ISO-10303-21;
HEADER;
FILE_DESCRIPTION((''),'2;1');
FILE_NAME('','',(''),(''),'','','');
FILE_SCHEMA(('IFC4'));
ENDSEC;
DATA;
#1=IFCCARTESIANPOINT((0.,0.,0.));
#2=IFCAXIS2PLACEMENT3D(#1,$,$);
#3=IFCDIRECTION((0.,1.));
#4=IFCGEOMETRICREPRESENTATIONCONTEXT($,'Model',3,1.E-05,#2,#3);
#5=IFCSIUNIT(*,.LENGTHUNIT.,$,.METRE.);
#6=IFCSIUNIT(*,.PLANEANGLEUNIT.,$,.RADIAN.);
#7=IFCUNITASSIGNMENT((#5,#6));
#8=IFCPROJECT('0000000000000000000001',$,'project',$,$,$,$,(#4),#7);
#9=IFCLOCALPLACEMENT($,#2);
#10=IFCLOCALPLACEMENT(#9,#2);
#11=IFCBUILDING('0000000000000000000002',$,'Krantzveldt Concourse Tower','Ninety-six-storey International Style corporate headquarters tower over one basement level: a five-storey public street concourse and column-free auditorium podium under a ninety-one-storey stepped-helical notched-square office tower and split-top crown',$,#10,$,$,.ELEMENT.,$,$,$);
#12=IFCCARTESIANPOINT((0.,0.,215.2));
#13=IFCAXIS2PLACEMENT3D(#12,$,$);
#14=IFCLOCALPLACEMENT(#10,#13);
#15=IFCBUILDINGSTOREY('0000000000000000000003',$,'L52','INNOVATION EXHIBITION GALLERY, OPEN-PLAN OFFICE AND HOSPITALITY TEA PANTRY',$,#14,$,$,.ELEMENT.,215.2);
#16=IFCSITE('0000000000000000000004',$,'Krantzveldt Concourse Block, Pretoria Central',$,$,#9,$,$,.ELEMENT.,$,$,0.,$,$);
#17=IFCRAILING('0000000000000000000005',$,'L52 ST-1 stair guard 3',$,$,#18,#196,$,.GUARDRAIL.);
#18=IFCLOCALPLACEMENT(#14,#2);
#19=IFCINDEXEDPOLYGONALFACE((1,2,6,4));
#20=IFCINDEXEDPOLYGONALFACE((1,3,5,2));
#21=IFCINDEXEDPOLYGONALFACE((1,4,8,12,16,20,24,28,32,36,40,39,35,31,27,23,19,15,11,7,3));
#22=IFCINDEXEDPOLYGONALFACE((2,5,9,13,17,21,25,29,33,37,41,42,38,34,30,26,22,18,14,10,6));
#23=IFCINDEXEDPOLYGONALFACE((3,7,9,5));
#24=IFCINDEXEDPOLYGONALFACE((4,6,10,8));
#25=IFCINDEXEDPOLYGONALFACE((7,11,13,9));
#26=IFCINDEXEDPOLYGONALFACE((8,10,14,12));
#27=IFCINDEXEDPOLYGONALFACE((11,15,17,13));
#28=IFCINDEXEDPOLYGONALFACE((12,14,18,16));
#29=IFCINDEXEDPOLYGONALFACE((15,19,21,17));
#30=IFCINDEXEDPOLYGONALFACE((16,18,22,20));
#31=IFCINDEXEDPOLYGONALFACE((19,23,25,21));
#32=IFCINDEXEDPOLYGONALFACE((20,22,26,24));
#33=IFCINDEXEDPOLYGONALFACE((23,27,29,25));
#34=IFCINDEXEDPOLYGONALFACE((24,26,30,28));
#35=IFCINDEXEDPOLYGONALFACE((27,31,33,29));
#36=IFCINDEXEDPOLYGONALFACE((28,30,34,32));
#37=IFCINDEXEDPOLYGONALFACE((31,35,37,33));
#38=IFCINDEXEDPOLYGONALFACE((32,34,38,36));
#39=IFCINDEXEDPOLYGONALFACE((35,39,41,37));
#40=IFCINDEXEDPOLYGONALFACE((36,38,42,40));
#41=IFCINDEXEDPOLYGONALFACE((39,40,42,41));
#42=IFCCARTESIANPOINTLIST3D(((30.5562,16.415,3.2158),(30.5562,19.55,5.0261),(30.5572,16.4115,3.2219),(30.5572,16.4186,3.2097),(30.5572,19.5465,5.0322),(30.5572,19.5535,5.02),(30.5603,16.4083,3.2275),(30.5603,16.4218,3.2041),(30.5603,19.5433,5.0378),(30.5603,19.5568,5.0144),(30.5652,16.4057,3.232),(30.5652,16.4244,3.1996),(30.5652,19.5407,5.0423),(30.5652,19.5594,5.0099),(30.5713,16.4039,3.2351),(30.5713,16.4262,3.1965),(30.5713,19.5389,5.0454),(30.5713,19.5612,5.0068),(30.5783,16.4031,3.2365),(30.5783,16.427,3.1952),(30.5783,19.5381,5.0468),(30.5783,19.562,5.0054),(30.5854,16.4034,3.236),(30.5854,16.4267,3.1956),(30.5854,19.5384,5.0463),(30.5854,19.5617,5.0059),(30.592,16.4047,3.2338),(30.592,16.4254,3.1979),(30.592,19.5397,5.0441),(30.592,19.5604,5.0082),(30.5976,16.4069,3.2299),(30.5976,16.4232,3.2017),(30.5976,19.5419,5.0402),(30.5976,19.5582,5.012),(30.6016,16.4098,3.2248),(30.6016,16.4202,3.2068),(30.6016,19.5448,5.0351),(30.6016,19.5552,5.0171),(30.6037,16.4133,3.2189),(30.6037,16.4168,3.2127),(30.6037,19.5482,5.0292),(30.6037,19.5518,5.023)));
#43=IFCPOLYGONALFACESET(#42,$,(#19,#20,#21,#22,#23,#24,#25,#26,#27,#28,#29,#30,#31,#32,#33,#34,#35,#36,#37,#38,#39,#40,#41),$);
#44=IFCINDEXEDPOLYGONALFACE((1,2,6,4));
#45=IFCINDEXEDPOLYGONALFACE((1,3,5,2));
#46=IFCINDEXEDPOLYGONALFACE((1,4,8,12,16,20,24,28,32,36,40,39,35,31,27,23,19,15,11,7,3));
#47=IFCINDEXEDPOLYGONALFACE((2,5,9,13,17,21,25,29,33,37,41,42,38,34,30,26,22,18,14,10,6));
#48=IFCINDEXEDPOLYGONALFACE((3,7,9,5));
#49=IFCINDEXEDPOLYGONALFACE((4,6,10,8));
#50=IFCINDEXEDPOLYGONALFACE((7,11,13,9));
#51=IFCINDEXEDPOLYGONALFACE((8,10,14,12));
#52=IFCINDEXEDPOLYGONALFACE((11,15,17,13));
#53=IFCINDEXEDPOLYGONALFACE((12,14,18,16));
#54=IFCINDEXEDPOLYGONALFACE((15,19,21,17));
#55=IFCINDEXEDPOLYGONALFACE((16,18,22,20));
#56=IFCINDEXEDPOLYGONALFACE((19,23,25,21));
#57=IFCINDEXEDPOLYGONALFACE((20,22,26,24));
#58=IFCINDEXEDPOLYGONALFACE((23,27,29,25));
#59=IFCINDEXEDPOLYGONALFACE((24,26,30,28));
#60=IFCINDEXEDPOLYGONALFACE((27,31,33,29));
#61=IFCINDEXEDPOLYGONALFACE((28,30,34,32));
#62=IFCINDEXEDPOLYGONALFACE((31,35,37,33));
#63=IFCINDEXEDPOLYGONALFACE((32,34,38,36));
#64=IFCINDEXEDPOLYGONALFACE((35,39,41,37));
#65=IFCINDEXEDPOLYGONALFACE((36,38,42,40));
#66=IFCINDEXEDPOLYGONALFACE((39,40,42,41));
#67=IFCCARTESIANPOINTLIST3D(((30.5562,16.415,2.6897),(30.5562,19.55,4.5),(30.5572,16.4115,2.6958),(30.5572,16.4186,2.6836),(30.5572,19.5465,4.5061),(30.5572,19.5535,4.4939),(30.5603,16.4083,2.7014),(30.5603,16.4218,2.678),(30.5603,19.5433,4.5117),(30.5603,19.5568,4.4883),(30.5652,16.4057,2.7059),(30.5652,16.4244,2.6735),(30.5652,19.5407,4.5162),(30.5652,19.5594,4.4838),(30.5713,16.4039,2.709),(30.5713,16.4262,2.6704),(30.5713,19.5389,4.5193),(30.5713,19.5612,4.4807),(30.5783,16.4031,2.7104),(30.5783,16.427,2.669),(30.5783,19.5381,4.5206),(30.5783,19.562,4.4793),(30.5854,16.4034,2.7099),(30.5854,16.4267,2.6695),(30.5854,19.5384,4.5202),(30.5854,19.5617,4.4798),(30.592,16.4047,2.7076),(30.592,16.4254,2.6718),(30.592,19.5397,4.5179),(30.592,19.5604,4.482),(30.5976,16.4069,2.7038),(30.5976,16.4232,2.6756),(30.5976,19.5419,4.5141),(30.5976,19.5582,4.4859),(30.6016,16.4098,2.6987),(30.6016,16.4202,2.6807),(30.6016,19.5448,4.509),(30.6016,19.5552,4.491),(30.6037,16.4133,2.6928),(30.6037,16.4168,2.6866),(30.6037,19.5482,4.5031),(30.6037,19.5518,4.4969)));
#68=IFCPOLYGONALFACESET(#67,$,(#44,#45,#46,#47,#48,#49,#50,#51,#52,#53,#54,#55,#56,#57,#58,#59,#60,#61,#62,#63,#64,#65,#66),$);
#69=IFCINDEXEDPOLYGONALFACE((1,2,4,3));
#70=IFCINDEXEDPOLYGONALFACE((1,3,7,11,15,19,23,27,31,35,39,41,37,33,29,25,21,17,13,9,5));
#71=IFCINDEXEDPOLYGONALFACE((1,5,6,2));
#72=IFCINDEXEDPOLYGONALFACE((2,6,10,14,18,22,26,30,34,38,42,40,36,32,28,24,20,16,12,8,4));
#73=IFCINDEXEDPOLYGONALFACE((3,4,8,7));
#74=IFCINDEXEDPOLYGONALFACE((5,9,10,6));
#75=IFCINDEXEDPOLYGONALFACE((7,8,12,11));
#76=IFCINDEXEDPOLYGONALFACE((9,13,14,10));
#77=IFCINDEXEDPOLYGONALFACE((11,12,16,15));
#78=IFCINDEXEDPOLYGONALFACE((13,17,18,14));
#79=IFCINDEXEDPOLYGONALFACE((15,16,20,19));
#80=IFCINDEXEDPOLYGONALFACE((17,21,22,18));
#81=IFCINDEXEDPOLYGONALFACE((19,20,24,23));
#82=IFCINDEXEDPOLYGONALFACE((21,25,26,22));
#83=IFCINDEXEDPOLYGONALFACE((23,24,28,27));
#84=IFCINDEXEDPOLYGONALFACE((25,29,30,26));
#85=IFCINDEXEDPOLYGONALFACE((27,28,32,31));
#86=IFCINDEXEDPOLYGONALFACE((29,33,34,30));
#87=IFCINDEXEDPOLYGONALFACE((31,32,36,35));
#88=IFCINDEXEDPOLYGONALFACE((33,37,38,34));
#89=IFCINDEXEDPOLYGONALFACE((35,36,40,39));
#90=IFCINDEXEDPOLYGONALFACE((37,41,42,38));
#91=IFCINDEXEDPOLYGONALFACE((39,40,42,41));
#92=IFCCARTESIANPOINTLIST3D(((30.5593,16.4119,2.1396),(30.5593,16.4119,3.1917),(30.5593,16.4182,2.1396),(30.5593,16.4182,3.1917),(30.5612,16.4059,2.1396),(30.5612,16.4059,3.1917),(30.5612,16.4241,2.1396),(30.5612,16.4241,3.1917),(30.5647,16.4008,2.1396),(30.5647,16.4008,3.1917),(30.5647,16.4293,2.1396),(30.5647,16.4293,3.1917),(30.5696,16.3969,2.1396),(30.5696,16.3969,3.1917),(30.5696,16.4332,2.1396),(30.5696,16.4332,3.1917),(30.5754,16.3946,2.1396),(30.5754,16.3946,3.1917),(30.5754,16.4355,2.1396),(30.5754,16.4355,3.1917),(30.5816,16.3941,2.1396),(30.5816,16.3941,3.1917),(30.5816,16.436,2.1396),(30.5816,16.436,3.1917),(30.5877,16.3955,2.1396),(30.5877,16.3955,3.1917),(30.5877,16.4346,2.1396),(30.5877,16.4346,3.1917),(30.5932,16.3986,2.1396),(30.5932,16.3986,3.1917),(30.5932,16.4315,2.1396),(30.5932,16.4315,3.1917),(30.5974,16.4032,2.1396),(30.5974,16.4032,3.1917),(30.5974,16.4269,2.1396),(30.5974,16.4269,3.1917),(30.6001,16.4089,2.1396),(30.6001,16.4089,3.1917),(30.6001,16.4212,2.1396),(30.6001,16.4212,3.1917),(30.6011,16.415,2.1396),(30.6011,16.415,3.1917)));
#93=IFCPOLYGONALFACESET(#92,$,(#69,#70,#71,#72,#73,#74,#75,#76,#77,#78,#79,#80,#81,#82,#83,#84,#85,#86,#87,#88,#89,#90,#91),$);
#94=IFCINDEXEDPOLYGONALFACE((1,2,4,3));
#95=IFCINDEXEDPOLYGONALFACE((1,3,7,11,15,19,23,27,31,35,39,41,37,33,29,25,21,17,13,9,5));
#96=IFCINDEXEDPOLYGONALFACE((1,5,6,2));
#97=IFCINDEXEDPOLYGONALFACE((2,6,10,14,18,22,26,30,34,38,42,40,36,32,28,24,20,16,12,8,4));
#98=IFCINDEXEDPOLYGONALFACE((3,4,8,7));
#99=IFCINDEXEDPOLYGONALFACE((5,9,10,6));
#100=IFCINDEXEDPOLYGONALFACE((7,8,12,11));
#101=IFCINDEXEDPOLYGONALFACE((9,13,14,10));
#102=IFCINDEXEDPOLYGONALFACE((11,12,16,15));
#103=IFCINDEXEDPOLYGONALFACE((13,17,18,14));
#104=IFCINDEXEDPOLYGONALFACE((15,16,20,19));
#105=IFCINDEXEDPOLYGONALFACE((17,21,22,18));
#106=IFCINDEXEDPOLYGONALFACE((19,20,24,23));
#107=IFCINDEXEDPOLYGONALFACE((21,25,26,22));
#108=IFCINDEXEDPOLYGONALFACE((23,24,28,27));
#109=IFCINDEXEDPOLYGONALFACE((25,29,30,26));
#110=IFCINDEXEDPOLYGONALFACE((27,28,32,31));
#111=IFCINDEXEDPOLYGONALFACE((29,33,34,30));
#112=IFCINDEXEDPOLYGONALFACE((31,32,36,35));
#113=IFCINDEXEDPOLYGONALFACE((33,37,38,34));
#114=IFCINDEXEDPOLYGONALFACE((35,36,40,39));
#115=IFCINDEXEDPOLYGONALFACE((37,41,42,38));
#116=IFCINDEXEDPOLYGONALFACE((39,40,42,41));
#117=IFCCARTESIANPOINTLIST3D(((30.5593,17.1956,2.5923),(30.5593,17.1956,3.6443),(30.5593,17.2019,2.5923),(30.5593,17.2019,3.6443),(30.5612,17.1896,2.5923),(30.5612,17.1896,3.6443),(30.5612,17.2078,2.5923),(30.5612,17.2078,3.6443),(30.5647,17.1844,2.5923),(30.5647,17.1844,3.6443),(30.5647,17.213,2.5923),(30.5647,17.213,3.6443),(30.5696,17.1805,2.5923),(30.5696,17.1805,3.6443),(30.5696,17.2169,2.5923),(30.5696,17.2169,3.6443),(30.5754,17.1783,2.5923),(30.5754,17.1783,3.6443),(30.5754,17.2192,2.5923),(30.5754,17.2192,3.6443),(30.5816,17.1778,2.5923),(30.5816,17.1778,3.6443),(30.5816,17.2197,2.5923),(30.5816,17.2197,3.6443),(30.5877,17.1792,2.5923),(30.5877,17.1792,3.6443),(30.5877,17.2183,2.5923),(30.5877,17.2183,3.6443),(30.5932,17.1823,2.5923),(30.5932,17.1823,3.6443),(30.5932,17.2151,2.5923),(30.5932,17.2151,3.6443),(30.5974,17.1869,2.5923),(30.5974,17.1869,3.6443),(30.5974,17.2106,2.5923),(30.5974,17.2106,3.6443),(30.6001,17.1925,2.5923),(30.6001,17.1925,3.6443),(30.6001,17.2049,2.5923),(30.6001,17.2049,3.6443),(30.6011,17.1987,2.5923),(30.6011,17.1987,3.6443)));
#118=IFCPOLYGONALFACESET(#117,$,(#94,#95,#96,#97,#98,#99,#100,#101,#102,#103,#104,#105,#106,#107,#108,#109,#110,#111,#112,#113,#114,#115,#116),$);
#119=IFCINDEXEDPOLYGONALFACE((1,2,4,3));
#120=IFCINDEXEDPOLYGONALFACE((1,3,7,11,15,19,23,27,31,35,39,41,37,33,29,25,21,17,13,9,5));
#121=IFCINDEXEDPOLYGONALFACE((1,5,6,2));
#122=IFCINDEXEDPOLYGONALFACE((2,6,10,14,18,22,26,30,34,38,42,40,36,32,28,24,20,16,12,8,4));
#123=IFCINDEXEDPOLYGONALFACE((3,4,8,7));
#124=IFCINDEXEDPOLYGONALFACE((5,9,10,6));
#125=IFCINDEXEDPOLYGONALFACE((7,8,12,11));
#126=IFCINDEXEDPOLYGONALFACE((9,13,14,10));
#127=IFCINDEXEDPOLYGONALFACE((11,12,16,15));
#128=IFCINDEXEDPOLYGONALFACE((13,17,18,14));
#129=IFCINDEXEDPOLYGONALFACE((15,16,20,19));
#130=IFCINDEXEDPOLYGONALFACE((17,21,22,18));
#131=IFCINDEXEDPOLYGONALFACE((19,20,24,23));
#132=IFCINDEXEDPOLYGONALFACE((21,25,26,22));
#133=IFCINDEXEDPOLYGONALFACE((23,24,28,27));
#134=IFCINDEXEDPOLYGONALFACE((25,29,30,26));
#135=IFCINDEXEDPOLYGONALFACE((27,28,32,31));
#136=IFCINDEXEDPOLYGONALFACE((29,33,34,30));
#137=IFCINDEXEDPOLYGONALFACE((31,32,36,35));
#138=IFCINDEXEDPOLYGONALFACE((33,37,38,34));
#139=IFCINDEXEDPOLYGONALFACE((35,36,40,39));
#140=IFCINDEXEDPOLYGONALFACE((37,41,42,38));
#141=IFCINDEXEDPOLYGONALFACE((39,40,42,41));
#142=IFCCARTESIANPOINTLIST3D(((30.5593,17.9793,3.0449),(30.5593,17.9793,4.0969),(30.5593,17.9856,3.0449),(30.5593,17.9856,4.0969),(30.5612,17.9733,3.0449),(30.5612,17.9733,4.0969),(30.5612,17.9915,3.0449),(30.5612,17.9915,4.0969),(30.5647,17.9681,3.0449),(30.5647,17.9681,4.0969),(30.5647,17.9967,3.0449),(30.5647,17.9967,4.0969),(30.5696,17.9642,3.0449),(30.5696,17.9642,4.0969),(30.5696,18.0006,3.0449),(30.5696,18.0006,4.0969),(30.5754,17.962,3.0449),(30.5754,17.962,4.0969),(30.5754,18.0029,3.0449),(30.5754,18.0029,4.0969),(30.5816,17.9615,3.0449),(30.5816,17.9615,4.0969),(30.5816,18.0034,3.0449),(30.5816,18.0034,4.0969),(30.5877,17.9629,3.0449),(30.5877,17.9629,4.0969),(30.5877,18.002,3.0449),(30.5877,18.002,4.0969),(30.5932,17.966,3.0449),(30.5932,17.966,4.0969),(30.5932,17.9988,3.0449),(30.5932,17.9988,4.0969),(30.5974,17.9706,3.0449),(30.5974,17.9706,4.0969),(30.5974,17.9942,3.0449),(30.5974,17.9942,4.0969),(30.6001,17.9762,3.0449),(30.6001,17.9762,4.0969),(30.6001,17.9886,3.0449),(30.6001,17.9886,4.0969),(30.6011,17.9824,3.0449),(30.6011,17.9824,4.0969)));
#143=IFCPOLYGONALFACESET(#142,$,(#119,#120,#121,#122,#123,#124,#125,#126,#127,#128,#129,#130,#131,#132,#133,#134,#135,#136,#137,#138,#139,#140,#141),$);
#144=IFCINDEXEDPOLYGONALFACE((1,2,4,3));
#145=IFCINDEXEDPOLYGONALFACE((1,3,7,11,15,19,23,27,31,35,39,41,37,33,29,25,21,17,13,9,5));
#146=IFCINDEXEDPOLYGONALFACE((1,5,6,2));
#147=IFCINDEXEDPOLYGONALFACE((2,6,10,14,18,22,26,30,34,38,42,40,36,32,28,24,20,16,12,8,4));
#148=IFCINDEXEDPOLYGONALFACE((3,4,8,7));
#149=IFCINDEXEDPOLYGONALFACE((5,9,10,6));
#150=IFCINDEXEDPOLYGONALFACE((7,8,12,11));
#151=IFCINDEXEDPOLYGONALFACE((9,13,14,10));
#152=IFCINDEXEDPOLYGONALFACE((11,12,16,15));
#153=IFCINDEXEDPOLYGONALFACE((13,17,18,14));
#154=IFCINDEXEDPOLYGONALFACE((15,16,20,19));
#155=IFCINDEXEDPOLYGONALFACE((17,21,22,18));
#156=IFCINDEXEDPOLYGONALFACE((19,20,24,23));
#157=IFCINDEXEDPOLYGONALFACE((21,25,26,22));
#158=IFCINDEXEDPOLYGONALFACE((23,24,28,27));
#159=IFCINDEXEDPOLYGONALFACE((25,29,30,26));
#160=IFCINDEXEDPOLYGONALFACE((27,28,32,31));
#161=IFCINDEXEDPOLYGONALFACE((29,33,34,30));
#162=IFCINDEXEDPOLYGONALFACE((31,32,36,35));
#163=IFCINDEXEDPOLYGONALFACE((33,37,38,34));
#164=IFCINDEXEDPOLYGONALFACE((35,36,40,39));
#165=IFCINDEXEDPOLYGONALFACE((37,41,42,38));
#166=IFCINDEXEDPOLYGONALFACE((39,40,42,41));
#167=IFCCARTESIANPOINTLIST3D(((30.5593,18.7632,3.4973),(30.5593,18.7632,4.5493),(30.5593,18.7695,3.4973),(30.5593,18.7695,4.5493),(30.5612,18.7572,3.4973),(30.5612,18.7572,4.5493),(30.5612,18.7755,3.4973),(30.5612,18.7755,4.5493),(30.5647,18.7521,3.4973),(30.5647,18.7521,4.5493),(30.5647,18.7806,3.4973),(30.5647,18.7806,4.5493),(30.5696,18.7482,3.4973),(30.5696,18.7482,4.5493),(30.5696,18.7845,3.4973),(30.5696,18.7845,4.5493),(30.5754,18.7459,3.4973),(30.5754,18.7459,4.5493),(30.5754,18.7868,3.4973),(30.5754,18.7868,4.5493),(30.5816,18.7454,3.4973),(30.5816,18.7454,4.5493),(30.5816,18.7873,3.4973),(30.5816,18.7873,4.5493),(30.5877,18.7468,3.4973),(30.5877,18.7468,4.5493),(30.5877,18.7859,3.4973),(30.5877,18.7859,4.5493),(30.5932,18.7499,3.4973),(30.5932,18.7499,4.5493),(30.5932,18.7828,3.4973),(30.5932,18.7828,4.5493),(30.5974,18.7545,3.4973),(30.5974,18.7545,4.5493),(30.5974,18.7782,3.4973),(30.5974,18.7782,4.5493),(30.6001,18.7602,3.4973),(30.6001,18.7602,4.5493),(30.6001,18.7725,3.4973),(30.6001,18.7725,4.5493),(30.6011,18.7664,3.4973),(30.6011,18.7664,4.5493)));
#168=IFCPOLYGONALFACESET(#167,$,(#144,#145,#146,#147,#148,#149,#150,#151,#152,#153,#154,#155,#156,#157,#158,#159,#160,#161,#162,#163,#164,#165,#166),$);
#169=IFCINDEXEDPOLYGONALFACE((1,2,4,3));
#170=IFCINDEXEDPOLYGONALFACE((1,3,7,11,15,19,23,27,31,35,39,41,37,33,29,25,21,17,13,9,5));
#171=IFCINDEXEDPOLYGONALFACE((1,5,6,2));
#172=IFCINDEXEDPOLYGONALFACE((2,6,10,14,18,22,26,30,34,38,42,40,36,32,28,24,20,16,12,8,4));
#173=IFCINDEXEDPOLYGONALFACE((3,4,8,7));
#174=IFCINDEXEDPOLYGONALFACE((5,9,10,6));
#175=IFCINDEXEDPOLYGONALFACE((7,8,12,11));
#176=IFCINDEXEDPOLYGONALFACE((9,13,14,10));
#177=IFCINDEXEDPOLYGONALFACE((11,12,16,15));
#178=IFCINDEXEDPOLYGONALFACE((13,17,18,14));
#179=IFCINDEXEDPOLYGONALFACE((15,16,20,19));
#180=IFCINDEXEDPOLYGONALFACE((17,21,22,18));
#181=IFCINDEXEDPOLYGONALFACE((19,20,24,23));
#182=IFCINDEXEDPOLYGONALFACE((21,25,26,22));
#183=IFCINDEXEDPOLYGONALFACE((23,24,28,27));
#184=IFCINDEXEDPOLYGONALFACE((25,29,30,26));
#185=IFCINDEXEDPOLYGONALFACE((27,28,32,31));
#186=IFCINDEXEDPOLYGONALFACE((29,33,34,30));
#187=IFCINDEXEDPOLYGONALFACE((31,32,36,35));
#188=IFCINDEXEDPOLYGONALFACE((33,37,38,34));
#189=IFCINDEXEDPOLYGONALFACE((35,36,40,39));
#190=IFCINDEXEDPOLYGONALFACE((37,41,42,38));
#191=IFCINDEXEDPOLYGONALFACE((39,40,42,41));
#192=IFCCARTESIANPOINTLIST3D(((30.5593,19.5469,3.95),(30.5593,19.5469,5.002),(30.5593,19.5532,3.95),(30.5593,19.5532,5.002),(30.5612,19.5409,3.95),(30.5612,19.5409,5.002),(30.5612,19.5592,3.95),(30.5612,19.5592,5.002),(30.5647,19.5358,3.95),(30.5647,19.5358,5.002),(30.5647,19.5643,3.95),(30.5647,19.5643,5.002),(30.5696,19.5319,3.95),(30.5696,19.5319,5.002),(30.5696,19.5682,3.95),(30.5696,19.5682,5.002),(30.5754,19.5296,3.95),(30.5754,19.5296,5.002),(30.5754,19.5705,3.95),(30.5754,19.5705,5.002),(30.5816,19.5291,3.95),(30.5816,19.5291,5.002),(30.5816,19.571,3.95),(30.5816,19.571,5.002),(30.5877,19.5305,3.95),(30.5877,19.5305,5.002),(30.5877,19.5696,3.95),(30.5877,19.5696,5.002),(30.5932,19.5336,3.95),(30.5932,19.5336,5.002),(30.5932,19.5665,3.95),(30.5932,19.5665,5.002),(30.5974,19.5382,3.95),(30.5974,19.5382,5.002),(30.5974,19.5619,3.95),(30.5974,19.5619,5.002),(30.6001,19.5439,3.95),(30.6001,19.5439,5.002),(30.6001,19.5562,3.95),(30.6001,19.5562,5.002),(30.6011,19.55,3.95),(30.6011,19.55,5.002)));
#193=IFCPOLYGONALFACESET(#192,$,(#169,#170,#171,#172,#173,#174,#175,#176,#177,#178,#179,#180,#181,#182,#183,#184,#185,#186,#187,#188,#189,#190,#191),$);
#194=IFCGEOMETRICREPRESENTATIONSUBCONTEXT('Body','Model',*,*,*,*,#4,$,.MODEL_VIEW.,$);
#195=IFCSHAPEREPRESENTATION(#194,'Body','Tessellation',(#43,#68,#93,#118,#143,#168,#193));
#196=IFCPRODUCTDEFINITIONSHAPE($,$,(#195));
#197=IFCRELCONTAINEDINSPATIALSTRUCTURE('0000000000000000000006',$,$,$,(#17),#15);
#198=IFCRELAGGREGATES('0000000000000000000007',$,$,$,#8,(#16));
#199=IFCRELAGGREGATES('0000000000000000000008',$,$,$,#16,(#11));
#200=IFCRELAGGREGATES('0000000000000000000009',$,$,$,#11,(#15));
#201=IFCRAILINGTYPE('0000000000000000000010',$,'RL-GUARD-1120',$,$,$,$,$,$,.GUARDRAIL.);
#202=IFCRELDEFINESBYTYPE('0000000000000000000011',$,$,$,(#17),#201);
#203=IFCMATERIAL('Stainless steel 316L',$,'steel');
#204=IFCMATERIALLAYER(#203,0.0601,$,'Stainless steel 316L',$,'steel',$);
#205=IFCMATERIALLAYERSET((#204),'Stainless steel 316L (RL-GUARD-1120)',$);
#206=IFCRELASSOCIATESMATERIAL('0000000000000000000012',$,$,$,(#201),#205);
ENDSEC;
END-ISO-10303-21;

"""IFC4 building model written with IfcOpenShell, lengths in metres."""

from ifc_helpers import new_model, si_unit, direction, frame, origin, origin_2d, place, context, subcontext, project, spatial, circle, extrude, material, layer, layer_set, type_object, element, save


model = new_model("IFC4")

# Units and contexts
model_context = context("Model", 3, precision=1e-05, world=origin(), true_north=direction((0.0, 1.0)))
body_context = subcontext(model_context, "Body", "Model", "MODEL_VIEW")
ifc_project = project(units=[si_unit("LENGTHUNIT", "METRE"), si_unit("PLANEANGLEUNIT", "RADIAN")], contexts=[model_context])

# Site, building, storey
site_placement = place(None, origin())
site = spatial("IfcSite", under=ifc_project, at=site_placement, Name="Krantzveldt Concourse Block, Pretoria Central", CompositionType="ELEMENT", RefElevation=0.0)
building_placement = place(site_placement, origin())
building = spatial("IfcBuilding", under=site, at=building_placement, Name="Krantzveldt Concourse Tower", Description="Ninety-six-storey International Style corporate headquarters tower over one basement level: a five-storey public street concourse and column-free auditorium podium under a ninety-one-storey stepped-helical notched-square office tower and split-top crown", CompositionType="ELEMENT")
storey_placement = place(building_placement, frame((0.0, 0.0, 215.2)))
storey = spatial("IfcBuildingStorey", under=building, at=storey_placement, Name="L52", Description="INNOVATION EXHIBITION GALLERY, OPEN-PLAN OFFICE AND HOSPITALITY TEA PANTRY", CompositionType="ELEMENT", Elevation=215.2)

# Shared definitions
ifc_material_1 = material(Name="Stainless steel 316L", Category="steel")

# Railing
ifc_layer_1 = layer(ifc_material_1, 0.0601, Name="Stainless steel 316L", Category="steel")
ifc_layer_set_1 = layer_set([ifc_layer_1], Name="Stainless steel 316L (RL-GUARD-1120)")
railing_type_1 = type_object("IfcRailingType", Name="RL-GUARD-1120", PredefinedType="GUARDRAIL", material=ifc_layer_set_1)
railing_1_placement = place(storey_placement, frame((30.5801, 16.415, 2.1396)))
element("IfcRailing", 1, at=railing_1_placement, inside=storey, type_object=railing_type_1, Name="L52 ST-1 stair guard 3", PredefinedType="GUARDRAIL", context=body_context, shape_type="SweptSolid", body=[
    extrude(circle(Radius=0.0239, at=origin_2d()), frame((0.0, 0.0, 1.0762), z_axis=(0.0, 0.865989, 0.500063), x_axis=(-1.0, 0.0, 0.0)), (0.0, 0.0, 1.0), 3.6201),
    extrude(circle(Radius=0.0239, at=origin_2d()), frame((0.0, 0.0, 0.55), z_axis=(0.0, 0.865989, 0.500063), x_axis=(-1.0, 0.0, 0.0)), (0.0, 0.0, 1.0), 3.6201),
    extrude(circle(Radius=0.021, at=origin_2d()), origin(), (0.0, 0.0, 1.0), 1.052),
    extrude(circle(Radius=0.021, at=origin_2d()), frame((0.0, 0.7837, 0.4526)), (0.0, 0.0, 1.0), 1.052),
    extrude(circle(Radius=0.021, at=origin_2d()), frame((0.0, 1.5674, 0.9053)), (0.0, 0.0, 1.0), 1.052),
    extrude(circle(Radius=0.021, at=origin_2d()), frame((0.0, 2.3513, 1.3577)), (0.0, 0.0, 1.0), 1.052),
    extrude(circle(Radius=0.021, at=origin_2d()), frame((0.0, 3.135, 1.8103)), (0.0, 0.0, 1.0), 1.052),
])

save(model, "model.ifc")
